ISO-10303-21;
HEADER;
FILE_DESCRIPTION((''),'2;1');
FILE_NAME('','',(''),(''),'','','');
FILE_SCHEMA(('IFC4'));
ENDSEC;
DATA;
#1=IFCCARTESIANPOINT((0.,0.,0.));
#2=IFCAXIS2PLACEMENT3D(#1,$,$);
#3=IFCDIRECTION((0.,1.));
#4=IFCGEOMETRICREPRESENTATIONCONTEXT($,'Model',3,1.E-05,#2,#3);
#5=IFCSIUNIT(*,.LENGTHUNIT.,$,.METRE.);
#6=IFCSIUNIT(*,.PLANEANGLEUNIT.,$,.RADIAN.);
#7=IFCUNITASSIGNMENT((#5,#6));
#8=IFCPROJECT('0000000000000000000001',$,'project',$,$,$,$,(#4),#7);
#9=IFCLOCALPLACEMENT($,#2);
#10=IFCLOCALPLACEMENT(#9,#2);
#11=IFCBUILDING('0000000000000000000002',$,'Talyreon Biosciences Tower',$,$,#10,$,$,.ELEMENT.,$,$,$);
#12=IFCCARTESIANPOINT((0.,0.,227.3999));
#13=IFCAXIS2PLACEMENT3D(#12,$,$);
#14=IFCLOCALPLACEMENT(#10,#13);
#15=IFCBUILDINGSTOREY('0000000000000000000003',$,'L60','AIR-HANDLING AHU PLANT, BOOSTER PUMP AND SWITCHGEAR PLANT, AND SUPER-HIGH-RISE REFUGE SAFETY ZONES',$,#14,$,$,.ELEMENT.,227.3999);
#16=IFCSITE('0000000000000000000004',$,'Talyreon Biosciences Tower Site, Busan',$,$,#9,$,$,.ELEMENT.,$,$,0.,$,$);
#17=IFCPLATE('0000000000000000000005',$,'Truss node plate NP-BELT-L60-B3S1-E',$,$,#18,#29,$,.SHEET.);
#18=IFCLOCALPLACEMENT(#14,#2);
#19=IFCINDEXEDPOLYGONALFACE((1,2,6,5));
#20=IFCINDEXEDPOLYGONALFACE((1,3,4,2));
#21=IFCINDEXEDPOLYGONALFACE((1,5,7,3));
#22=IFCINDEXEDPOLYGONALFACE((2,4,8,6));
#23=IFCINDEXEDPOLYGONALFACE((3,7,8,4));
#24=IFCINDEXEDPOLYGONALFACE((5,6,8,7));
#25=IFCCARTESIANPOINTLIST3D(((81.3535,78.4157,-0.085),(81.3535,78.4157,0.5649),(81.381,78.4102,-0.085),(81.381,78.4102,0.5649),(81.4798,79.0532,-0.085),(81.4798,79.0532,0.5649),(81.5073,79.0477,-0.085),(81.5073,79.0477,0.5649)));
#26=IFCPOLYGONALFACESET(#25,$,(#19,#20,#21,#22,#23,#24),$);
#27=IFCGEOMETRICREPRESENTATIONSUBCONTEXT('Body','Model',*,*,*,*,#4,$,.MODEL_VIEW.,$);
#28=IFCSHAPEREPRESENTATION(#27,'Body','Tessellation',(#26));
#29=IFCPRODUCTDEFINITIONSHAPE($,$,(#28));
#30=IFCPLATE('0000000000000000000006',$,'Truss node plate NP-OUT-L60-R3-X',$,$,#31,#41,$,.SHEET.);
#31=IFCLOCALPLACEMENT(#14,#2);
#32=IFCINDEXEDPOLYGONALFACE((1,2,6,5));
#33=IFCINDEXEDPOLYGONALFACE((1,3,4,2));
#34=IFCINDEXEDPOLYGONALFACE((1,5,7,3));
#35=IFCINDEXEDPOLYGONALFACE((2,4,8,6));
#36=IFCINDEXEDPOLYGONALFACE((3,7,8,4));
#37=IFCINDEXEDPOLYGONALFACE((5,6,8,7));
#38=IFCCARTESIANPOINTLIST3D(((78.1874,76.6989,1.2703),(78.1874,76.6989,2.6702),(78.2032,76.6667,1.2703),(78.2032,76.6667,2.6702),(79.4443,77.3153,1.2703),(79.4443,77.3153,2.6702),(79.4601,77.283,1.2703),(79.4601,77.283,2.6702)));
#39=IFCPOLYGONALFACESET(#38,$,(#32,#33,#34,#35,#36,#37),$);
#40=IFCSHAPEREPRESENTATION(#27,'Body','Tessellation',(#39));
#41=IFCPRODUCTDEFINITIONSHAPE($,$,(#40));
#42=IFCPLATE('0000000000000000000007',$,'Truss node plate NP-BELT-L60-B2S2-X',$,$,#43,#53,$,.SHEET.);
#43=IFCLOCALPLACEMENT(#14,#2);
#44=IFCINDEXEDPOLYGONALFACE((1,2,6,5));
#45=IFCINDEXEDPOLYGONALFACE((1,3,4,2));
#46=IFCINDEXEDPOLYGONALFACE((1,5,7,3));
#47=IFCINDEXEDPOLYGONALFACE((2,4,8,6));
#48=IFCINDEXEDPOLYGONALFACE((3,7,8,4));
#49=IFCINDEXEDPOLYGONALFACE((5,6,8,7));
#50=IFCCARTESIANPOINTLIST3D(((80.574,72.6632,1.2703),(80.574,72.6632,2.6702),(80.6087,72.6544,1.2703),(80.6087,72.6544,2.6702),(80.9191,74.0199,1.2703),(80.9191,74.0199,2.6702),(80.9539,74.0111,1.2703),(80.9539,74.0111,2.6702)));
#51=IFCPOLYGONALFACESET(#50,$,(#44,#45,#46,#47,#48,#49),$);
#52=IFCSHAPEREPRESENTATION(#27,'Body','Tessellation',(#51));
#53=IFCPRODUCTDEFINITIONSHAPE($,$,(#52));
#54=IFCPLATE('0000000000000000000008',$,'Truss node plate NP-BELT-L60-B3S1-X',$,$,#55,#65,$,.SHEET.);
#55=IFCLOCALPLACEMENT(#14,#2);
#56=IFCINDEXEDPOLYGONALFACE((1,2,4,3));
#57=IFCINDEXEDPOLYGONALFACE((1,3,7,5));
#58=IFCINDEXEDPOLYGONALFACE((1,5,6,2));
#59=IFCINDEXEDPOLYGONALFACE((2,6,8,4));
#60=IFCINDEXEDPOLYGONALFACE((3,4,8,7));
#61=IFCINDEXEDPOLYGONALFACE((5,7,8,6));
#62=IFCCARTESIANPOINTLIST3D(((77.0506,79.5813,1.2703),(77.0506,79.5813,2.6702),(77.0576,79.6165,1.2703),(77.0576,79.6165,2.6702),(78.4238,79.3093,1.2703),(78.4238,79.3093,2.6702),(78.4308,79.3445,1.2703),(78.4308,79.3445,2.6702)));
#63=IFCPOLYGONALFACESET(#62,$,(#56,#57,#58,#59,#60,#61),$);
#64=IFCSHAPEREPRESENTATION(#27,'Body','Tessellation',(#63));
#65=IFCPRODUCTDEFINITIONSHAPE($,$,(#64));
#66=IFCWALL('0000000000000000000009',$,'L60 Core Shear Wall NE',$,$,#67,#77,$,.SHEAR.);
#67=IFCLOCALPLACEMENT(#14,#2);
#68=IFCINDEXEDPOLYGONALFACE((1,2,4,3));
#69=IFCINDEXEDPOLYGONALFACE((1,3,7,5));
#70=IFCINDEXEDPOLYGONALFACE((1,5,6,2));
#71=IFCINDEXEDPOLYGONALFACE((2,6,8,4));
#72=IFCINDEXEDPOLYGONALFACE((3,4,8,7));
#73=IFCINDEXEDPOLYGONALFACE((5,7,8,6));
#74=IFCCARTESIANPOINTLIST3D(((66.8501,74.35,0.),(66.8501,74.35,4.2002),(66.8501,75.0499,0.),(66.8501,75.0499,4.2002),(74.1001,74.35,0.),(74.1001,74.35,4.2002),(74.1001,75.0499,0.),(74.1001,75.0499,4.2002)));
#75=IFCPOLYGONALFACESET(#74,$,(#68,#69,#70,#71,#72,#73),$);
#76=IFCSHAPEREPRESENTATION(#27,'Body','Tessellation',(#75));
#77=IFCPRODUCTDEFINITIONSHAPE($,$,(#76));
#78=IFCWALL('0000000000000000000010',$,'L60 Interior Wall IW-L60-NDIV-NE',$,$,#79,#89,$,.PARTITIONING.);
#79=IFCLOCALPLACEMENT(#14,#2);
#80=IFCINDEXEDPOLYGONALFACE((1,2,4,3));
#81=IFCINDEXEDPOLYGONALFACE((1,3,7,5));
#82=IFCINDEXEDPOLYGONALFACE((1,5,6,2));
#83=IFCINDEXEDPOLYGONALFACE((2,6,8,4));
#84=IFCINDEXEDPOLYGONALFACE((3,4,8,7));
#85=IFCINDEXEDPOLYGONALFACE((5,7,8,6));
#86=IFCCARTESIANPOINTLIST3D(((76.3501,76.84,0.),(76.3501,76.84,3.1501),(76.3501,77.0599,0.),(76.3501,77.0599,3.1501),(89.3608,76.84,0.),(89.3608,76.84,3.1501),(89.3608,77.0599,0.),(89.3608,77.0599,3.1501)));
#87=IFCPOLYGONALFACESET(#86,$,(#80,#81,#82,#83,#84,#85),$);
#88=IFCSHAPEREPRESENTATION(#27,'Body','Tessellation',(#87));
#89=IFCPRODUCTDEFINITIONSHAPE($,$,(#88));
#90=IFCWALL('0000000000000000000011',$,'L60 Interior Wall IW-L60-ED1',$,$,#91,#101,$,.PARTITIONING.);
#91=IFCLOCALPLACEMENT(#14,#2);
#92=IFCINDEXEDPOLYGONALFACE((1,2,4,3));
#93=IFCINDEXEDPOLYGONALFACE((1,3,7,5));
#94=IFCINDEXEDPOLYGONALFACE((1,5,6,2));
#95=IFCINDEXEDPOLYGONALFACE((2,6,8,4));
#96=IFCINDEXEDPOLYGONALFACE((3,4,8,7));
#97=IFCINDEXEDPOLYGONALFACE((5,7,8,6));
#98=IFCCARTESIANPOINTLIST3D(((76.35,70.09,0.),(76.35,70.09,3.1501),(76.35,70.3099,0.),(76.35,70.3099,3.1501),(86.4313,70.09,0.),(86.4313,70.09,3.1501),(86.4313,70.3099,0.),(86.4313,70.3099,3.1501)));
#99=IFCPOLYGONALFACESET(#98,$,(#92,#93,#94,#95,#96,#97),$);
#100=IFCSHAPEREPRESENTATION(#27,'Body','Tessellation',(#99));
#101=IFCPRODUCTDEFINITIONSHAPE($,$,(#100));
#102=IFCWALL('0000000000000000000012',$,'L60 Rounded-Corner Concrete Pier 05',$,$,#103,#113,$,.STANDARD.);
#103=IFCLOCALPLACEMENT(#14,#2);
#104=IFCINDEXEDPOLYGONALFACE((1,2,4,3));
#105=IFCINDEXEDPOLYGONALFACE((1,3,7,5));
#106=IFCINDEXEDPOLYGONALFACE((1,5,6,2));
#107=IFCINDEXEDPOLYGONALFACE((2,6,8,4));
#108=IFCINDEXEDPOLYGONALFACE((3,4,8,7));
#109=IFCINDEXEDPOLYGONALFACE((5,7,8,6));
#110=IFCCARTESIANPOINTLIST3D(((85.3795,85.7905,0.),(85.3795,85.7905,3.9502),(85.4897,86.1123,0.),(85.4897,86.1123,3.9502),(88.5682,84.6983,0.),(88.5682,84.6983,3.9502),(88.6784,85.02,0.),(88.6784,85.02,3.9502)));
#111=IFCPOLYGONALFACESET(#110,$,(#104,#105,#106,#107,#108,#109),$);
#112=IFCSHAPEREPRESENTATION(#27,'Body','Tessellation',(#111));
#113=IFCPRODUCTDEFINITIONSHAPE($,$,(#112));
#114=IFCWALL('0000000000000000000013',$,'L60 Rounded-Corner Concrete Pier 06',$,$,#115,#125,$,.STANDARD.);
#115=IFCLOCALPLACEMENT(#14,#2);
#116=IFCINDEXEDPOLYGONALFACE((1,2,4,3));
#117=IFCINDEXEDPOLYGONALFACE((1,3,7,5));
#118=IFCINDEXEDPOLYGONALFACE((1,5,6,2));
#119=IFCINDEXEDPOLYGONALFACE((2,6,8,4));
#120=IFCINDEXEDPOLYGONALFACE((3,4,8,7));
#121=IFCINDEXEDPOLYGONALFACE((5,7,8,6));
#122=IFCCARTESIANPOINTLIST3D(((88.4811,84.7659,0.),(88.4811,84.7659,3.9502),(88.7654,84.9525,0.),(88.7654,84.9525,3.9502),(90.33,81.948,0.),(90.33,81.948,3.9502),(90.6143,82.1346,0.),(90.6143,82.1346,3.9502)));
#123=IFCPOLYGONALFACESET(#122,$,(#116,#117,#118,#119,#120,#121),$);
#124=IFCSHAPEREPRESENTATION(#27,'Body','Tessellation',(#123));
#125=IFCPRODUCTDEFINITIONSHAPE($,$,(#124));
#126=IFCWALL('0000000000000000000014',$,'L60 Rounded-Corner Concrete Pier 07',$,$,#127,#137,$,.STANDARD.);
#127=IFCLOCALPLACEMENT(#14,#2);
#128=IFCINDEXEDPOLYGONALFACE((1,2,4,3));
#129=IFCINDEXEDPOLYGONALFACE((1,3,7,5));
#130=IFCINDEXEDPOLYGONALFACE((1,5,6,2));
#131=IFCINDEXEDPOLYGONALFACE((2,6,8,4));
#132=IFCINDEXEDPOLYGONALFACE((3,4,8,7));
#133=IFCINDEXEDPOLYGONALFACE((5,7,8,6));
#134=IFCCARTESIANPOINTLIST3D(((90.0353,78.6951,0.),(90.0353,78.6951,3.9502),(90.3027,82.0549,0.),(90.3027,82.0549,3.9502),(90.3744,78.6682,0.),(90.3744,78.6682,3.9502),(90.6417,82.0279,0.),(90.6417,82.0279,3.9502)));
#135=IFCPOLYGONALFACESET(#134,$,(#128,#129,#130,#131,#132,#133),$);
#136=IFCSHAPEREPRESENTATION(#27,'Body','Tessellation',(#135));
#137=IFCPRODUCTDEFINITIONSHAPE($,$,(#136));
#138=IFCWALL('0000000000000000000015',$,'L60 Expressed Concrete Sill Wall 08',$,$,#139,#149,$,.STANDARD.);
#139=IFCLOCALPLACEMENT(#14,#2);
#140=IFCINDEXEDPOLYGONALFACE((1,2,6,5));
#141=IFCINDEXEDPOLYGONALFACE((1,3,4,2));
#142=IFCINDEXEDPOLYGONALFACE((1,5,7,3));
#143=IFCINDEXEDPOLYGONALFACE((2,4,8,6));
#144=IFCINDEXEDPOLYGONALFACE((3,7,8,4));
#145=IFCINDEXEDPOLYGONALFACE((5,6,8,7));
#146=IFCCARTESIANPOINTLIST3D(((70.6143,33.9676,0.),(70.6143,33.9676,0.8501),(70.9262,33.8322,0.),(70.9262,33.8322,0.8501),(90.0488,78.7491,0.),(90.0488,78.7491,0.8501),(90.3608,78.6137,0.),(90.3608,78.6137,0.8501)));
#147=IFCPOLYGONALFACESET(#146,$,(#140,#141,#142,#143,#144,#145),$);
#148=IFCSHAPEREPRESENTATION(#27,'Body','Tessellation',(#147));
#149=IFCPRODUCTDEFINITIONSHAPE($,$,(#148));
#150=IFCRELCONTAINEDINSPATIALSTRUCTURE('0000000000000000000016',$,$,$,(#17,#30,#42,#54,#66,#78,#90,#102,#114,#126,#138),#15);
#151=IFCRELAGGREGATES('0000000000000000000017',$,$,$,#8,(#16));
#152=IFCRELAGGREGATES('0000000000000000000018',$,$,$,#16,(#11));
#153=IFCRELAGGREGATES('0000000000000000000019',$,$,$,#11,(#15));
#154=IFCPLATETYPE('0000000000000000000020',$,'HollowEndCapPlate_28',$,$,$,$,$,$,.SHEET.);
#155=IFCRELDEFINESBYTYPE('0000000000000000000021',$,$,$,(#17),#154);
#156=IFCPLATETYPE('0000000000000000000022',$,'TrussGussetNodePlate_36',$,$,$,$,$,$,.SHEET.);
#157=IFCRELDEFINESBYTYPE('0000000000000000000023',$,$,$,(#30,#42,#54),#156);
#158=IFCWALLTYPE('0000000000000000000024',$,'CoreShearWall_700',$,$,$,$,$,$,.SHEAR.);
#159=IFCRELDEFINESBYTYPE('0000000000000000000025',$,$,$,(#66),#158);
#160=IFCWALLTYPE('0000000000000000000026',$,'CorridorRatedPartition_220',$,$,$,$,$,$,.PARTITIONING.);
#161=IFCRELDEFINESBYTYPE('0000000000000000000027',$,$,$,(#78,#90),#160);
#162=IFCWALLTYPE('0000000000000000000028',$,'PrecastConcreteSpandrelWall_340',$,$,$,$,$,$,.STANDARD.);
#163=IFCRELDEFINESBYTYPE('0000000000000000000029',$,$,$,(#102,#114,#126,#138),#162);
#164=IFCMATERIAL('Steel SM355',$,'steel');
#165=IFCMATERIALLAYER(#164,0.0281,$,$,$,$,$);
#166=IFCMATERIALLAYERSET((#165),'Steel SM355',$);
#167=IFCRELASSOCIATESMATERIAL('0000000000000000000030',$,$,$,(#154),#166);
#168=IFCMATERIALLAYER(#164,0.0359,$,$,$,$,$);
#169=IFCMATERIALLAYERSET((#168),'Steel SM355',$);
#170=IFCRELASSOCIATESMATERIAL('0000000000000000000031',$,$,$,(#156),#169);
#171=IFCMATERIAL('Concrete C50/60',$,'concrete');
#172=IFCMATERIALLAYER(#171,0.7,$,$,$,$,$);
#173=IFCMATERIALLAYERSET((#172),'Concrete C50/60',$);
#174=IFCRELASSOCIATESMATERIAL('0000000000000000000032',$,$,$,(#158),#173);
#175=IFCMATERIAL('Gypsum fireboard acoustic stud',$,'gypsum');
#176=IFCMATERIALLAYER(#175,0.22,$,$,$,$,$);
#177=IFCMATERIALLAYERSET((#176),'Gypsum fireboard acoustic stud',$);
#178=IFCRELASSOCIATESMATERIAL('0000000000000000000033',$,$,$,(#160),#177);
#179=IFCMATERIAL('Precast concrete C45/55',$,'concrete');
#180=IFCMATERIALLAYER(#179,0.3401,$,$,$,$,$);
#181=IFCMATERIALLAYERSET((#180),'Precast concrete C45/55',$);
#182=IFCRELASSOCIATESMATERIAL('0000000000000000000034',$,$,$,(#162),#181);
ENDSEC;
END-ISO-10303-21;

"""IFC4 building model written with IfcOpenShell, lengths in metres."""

from ifc_helpers import new_model, si_unit, direction, frame, frame_2d, origin, origin_2d, place, context, subcontext, project, spatial, rectangle, extrude, material, layer, layer_set, type_object, element, save


model = new_model("IFC4")

# Units and contexts
model_context = context("Model", 3, precision=1e-05, world=origin(), true_north=direction((0.0, 1.0)))
body_context = subcontext(model_context, "Body", "Model", "MODEL_VIEW")
ifc_project = project(units=[si_unit("LENGTHUNIT", "METRE"), si_unit("PLANEANGLEUNIT", "RADIAN")], contexts=[model_context])

# Site, building, storey
site_placement = place(None, origin())
site = spatial("IfcSite", under=ifc_project, at=site_placement, Name="Talyreon Biosciences Tower Site, Busan", CompositionType="ELEMENT", RefElevation=0.0)
building_placement = place(site_placement, origin())
building = spatial("IfcBuilding", under=site, at=building_placement, Name="Talyreon Biosciences Tower", CompositionType="ELEMENT")
storey_placement = place(building_placement, frame((0.0, 0.0, 227.3999)))
storey = spatial("IfcBuildingStorey", under=building, at=storey_placement, Name="L60", Description="AIR-HANDLING AHU PLANT, BOOSTER PUMP AND SWITCHGEAR PLANT, AND SUPER-HIGH-RISE REFUGE SAFETY ZONES", CompositionType="ELEMENT", Elevation=227.3999)

# Shared definitions
ifc_material_1 = material(Name="Concrete C50/60", Category="concrete")

# Shared definitions
ifc_material_2 = material(Name="Steel SM355", Category="steel")

# Shared definitions
ifc_material_3 = material(Name="Precast concrete C45/55", Category="concrete")

# Plates
ifc_layer_1 = layer(ifc_material_2, 0.0281)
ifc_layer_set_1 = layer_set([ifc_layer_1], Name="Steel SM355")
plate_type_1 = type_object("IfcPlateType", Name="HollowEndCapPlate_28", PredefinedType="SHEET", material=ifc_layer_set_1)
for number, where, z_axis, x_axis, name in (
    (1, (81.4304, 78.7317, -0.085), (0.0, 0.0, 1.0), (-0.194337, -0.980935, 0.0), "Truss node plate NP-BELT-L60-B3S1-E"),
):
    element("IfcPlate", number, at=place(storey_placement, frame(where, z_axis=z_axis, x_axis=x_axis)), inside=storey, type_object=plate_type_1, Name=name, PredefinedType="SHEET", context=body_context, shape_type="SweptSolid", body=[
        extrude(rectangle(XDim=0.6499, YDim=0.0281, at=origin_2d()), origin(), (0.0, 0.0, 1.0), 0.6499),
    ])
ifc_layer_2 = layer(ifc_material_2, 0.0359)
ifc_layer_set_2 = layer_set([ifc_layer_2], Name="Steel SM355")
plate_type_2 = type_object("IfcPlateType", Name="TrussGussetNodePlate_36", PredefinedType="SHEET", material=ifc_layer_set_2)
for number, where, z_axis, x_axis, name in (
    (2, (78.8237, 76.991, 1.2703), (0.0, 0.0, 1.0), (0.897859, 0.440284, 0.0), "Truss node plate NP-OUT-L60-R3-X"),
    (3, (80.7639, 73.3372, 1.2703), (0.0, 0.0, 1.0), (0.246542, 0.969132, 0.0), "Truss node plate NP-BELT-L60-B2S2-X"),
    (4, (77.7407, 79.4629, 1.2703), (0.0, 0.0, 1.0), (-0.980935, 0.194337, 0.0), "Truss node plate NP-BELT-L60-B3S1-X"),
):
    element("IfcPlate", number, at=place(storey_placement, frame(where, z_axis=z_axis, x_axis=x_axis)), inside=storey, type_object=plate_type_2, Name=name, PredefinedType="SHEET", context=body_context, shape_type="SweptSolid", body=[
        extrude(rectangle(XDim=1.3999, YDim=0.0359, at=origin_2d()), origin(), (0.0, 0.0, 1.0), 1.3999),
    ])

# Walls
ifc_layer_3 = layer(ifc_material_1, 0.7)
ifc_layer_set_3 = layer_set([ifc_layer_3], Name="Concrete C50/60")
wall_type_1 = type_object("IfcWallType", Name="CoreShearWall_700", PredefinedType="SHEAR", material=ifc_layer_set_3)
wall_1_placement = place(storey_placement, frame((74.1001, 74.7, 0.0), z_axis=(0.0, 0.0, 1.0), x_axis=(-1.0, 0.0, 0.0)))
element("IfcWall", 5, at=wall_1_placement, inside=storey, type_object=wall_type_1, Name="L60 Core Shear Wall NE", PredefinedType="SHEAR", context=body_context, shape_type="SweptSolid", body=[
    extrude(rectangle(XDim=7.25, YDim=0.7, at=frame_2d((3.625, 0.0))), origin(), (0.0, 0.0, 1.0), 4.2002),
])
ifc_material_4 = material(Name="Gypsum fireboard acoustic stud", Category="gypsum")
ifc_layer_4 = layer(ifc_material_4, 0.22)
ifc_layer_set_4 = layer_set([ifc_layer_4], Name="Gypsum fireboard acoustic stud")
wall_type_2 = type_object("IfcWallType", Name="CorridorRatedPartition_220", PredefinedType="PARTITIONING", material=ifc_layer_set_4)
wall_2_placement = place(storey_placement, frame((76.3501, 76.95, 0.0), z_axis=(0.0, 0.0, 1.0), x_axis=(1.0, 0.0, 0.0)))
element("IfcWall", 6, at=wall_2_placement, inside=storey, type_object=wall_type_2, Name="L60 Interior Wall IW-L60-NDIV-NE", PredefinedType="PARTITIONING", context=body_context, shape_type="SweptSolid", body=[
    extrude(rectangle(XDim=13.0107, YDim=0.22, at=frame_2d((6.5054, 0.0))), origin(), (0.0, 0.0, 1.0), 3.1501),
])
wall_3_placement = place(storey_placement, frame((76.3501, 70.2, 0.0), z_axis=(0.0, 0.0, 1.0), x_axis=(1.0, 0.0, 0.0)))
element("IfcWall", 7, at=wall_3_placement, inside=storey, type_object=wall_type_2, Name="L60 Interior Wall IW-L60-ED1", PredefinedType="PARTITIONING", context=body_context, shape_type="SweptSolid", body=[
    extrude(rectangle(XDim=10.0813, YDim=0.22, at=frame_2d((5.0405, 0.0))), origin(), (0.0, 0.0, 1.0), 3.1501),
])
ifc_layer_5 = layer(ifc_material_3, 0.3401)
ifc_layer_set_5 = layer_set([ifc_layer_5], Name="Precast concrete C45/55")
wall_type_3 = type_object("IfcWallType", Name="PrecastConcreteSpandrelWall_340", PredefinedType="STANDARD", material=ifc_layer_set_5)
wall_4_placement = place(storey_placement, frame((85.4346, 85.9514, 0.0), z_axis=(0.0, 0.0, 1.0), x_axis=(0.946036, -0.324061, 0.0)))
element("IfcWall", 8, at=wall_4_placement, inside=storey, type_object=wall_type_3, Name="L60 Rounded-Corner Concrete Pier 05", PredefinedType="STANDARD", context=body_context, shape_type="SweptSolid", body=[
    extrude(rectangle(XDim=3.3706, YDim=0.3401, at=frame_2d((1.6853, 0.0))), origin(), (0.0, 0.0, 1.0), 3.9502),
])
for number, where, z_axis, x_axis, name in (
    (9, (88.6233, 84.8591, 0.0), (0.0, 0.0, 1.0), (0.548584, -0.836096, 0.0), "L60 Rounded-Corner Concrete Pier 06"),
    (10, (90.4722, 82.0413, 0.0), (0.0, 0.0, 1.0), (-0.079316, -0.99685, 0.0), "L60 Rounded-Corner Concrete Pier 07"),
):
    element("IfcWall", number, at=place(storey_placement, frame(where, z_axis=z_axis, x_axis=x_axis)), inside=storey, type_object=wall_type_3, Name=name, PredefinedType="STANDARD", context=body_context, shape_type="SweptSolid", body=[
        extrude(rectangle(XDim=3.3704, YDim=0.3401, at=frame_2d((1.6851, 0.0))), origin(), (0.0, 0.0, 1.0), 3.9502),
    ])
wall_5_placement = place(storey_placement, frame((90.2048, 78.6814, 0.0), z_axis=(0.0, 0.0, 1.0), x_axis=(-0.398112, -0.917337, 0.0)))
element("IfcWall", 11, at=wall_5_placement, inside=storey, type_object=wall_type_3, Name="L60 Expressed Concrete Sill Wall 08", PredefinedType="STANDARD", context=body_context, shape_type="SweptSolid", body=[
    extrude(rectangle(XDim=48.8169, YDim=0.3401, at=frame_2d((24.4084, 0.0))), origin(), (0.0, 0.0, 1.0), 0.8501),
])

save(model, "model.ifc")
